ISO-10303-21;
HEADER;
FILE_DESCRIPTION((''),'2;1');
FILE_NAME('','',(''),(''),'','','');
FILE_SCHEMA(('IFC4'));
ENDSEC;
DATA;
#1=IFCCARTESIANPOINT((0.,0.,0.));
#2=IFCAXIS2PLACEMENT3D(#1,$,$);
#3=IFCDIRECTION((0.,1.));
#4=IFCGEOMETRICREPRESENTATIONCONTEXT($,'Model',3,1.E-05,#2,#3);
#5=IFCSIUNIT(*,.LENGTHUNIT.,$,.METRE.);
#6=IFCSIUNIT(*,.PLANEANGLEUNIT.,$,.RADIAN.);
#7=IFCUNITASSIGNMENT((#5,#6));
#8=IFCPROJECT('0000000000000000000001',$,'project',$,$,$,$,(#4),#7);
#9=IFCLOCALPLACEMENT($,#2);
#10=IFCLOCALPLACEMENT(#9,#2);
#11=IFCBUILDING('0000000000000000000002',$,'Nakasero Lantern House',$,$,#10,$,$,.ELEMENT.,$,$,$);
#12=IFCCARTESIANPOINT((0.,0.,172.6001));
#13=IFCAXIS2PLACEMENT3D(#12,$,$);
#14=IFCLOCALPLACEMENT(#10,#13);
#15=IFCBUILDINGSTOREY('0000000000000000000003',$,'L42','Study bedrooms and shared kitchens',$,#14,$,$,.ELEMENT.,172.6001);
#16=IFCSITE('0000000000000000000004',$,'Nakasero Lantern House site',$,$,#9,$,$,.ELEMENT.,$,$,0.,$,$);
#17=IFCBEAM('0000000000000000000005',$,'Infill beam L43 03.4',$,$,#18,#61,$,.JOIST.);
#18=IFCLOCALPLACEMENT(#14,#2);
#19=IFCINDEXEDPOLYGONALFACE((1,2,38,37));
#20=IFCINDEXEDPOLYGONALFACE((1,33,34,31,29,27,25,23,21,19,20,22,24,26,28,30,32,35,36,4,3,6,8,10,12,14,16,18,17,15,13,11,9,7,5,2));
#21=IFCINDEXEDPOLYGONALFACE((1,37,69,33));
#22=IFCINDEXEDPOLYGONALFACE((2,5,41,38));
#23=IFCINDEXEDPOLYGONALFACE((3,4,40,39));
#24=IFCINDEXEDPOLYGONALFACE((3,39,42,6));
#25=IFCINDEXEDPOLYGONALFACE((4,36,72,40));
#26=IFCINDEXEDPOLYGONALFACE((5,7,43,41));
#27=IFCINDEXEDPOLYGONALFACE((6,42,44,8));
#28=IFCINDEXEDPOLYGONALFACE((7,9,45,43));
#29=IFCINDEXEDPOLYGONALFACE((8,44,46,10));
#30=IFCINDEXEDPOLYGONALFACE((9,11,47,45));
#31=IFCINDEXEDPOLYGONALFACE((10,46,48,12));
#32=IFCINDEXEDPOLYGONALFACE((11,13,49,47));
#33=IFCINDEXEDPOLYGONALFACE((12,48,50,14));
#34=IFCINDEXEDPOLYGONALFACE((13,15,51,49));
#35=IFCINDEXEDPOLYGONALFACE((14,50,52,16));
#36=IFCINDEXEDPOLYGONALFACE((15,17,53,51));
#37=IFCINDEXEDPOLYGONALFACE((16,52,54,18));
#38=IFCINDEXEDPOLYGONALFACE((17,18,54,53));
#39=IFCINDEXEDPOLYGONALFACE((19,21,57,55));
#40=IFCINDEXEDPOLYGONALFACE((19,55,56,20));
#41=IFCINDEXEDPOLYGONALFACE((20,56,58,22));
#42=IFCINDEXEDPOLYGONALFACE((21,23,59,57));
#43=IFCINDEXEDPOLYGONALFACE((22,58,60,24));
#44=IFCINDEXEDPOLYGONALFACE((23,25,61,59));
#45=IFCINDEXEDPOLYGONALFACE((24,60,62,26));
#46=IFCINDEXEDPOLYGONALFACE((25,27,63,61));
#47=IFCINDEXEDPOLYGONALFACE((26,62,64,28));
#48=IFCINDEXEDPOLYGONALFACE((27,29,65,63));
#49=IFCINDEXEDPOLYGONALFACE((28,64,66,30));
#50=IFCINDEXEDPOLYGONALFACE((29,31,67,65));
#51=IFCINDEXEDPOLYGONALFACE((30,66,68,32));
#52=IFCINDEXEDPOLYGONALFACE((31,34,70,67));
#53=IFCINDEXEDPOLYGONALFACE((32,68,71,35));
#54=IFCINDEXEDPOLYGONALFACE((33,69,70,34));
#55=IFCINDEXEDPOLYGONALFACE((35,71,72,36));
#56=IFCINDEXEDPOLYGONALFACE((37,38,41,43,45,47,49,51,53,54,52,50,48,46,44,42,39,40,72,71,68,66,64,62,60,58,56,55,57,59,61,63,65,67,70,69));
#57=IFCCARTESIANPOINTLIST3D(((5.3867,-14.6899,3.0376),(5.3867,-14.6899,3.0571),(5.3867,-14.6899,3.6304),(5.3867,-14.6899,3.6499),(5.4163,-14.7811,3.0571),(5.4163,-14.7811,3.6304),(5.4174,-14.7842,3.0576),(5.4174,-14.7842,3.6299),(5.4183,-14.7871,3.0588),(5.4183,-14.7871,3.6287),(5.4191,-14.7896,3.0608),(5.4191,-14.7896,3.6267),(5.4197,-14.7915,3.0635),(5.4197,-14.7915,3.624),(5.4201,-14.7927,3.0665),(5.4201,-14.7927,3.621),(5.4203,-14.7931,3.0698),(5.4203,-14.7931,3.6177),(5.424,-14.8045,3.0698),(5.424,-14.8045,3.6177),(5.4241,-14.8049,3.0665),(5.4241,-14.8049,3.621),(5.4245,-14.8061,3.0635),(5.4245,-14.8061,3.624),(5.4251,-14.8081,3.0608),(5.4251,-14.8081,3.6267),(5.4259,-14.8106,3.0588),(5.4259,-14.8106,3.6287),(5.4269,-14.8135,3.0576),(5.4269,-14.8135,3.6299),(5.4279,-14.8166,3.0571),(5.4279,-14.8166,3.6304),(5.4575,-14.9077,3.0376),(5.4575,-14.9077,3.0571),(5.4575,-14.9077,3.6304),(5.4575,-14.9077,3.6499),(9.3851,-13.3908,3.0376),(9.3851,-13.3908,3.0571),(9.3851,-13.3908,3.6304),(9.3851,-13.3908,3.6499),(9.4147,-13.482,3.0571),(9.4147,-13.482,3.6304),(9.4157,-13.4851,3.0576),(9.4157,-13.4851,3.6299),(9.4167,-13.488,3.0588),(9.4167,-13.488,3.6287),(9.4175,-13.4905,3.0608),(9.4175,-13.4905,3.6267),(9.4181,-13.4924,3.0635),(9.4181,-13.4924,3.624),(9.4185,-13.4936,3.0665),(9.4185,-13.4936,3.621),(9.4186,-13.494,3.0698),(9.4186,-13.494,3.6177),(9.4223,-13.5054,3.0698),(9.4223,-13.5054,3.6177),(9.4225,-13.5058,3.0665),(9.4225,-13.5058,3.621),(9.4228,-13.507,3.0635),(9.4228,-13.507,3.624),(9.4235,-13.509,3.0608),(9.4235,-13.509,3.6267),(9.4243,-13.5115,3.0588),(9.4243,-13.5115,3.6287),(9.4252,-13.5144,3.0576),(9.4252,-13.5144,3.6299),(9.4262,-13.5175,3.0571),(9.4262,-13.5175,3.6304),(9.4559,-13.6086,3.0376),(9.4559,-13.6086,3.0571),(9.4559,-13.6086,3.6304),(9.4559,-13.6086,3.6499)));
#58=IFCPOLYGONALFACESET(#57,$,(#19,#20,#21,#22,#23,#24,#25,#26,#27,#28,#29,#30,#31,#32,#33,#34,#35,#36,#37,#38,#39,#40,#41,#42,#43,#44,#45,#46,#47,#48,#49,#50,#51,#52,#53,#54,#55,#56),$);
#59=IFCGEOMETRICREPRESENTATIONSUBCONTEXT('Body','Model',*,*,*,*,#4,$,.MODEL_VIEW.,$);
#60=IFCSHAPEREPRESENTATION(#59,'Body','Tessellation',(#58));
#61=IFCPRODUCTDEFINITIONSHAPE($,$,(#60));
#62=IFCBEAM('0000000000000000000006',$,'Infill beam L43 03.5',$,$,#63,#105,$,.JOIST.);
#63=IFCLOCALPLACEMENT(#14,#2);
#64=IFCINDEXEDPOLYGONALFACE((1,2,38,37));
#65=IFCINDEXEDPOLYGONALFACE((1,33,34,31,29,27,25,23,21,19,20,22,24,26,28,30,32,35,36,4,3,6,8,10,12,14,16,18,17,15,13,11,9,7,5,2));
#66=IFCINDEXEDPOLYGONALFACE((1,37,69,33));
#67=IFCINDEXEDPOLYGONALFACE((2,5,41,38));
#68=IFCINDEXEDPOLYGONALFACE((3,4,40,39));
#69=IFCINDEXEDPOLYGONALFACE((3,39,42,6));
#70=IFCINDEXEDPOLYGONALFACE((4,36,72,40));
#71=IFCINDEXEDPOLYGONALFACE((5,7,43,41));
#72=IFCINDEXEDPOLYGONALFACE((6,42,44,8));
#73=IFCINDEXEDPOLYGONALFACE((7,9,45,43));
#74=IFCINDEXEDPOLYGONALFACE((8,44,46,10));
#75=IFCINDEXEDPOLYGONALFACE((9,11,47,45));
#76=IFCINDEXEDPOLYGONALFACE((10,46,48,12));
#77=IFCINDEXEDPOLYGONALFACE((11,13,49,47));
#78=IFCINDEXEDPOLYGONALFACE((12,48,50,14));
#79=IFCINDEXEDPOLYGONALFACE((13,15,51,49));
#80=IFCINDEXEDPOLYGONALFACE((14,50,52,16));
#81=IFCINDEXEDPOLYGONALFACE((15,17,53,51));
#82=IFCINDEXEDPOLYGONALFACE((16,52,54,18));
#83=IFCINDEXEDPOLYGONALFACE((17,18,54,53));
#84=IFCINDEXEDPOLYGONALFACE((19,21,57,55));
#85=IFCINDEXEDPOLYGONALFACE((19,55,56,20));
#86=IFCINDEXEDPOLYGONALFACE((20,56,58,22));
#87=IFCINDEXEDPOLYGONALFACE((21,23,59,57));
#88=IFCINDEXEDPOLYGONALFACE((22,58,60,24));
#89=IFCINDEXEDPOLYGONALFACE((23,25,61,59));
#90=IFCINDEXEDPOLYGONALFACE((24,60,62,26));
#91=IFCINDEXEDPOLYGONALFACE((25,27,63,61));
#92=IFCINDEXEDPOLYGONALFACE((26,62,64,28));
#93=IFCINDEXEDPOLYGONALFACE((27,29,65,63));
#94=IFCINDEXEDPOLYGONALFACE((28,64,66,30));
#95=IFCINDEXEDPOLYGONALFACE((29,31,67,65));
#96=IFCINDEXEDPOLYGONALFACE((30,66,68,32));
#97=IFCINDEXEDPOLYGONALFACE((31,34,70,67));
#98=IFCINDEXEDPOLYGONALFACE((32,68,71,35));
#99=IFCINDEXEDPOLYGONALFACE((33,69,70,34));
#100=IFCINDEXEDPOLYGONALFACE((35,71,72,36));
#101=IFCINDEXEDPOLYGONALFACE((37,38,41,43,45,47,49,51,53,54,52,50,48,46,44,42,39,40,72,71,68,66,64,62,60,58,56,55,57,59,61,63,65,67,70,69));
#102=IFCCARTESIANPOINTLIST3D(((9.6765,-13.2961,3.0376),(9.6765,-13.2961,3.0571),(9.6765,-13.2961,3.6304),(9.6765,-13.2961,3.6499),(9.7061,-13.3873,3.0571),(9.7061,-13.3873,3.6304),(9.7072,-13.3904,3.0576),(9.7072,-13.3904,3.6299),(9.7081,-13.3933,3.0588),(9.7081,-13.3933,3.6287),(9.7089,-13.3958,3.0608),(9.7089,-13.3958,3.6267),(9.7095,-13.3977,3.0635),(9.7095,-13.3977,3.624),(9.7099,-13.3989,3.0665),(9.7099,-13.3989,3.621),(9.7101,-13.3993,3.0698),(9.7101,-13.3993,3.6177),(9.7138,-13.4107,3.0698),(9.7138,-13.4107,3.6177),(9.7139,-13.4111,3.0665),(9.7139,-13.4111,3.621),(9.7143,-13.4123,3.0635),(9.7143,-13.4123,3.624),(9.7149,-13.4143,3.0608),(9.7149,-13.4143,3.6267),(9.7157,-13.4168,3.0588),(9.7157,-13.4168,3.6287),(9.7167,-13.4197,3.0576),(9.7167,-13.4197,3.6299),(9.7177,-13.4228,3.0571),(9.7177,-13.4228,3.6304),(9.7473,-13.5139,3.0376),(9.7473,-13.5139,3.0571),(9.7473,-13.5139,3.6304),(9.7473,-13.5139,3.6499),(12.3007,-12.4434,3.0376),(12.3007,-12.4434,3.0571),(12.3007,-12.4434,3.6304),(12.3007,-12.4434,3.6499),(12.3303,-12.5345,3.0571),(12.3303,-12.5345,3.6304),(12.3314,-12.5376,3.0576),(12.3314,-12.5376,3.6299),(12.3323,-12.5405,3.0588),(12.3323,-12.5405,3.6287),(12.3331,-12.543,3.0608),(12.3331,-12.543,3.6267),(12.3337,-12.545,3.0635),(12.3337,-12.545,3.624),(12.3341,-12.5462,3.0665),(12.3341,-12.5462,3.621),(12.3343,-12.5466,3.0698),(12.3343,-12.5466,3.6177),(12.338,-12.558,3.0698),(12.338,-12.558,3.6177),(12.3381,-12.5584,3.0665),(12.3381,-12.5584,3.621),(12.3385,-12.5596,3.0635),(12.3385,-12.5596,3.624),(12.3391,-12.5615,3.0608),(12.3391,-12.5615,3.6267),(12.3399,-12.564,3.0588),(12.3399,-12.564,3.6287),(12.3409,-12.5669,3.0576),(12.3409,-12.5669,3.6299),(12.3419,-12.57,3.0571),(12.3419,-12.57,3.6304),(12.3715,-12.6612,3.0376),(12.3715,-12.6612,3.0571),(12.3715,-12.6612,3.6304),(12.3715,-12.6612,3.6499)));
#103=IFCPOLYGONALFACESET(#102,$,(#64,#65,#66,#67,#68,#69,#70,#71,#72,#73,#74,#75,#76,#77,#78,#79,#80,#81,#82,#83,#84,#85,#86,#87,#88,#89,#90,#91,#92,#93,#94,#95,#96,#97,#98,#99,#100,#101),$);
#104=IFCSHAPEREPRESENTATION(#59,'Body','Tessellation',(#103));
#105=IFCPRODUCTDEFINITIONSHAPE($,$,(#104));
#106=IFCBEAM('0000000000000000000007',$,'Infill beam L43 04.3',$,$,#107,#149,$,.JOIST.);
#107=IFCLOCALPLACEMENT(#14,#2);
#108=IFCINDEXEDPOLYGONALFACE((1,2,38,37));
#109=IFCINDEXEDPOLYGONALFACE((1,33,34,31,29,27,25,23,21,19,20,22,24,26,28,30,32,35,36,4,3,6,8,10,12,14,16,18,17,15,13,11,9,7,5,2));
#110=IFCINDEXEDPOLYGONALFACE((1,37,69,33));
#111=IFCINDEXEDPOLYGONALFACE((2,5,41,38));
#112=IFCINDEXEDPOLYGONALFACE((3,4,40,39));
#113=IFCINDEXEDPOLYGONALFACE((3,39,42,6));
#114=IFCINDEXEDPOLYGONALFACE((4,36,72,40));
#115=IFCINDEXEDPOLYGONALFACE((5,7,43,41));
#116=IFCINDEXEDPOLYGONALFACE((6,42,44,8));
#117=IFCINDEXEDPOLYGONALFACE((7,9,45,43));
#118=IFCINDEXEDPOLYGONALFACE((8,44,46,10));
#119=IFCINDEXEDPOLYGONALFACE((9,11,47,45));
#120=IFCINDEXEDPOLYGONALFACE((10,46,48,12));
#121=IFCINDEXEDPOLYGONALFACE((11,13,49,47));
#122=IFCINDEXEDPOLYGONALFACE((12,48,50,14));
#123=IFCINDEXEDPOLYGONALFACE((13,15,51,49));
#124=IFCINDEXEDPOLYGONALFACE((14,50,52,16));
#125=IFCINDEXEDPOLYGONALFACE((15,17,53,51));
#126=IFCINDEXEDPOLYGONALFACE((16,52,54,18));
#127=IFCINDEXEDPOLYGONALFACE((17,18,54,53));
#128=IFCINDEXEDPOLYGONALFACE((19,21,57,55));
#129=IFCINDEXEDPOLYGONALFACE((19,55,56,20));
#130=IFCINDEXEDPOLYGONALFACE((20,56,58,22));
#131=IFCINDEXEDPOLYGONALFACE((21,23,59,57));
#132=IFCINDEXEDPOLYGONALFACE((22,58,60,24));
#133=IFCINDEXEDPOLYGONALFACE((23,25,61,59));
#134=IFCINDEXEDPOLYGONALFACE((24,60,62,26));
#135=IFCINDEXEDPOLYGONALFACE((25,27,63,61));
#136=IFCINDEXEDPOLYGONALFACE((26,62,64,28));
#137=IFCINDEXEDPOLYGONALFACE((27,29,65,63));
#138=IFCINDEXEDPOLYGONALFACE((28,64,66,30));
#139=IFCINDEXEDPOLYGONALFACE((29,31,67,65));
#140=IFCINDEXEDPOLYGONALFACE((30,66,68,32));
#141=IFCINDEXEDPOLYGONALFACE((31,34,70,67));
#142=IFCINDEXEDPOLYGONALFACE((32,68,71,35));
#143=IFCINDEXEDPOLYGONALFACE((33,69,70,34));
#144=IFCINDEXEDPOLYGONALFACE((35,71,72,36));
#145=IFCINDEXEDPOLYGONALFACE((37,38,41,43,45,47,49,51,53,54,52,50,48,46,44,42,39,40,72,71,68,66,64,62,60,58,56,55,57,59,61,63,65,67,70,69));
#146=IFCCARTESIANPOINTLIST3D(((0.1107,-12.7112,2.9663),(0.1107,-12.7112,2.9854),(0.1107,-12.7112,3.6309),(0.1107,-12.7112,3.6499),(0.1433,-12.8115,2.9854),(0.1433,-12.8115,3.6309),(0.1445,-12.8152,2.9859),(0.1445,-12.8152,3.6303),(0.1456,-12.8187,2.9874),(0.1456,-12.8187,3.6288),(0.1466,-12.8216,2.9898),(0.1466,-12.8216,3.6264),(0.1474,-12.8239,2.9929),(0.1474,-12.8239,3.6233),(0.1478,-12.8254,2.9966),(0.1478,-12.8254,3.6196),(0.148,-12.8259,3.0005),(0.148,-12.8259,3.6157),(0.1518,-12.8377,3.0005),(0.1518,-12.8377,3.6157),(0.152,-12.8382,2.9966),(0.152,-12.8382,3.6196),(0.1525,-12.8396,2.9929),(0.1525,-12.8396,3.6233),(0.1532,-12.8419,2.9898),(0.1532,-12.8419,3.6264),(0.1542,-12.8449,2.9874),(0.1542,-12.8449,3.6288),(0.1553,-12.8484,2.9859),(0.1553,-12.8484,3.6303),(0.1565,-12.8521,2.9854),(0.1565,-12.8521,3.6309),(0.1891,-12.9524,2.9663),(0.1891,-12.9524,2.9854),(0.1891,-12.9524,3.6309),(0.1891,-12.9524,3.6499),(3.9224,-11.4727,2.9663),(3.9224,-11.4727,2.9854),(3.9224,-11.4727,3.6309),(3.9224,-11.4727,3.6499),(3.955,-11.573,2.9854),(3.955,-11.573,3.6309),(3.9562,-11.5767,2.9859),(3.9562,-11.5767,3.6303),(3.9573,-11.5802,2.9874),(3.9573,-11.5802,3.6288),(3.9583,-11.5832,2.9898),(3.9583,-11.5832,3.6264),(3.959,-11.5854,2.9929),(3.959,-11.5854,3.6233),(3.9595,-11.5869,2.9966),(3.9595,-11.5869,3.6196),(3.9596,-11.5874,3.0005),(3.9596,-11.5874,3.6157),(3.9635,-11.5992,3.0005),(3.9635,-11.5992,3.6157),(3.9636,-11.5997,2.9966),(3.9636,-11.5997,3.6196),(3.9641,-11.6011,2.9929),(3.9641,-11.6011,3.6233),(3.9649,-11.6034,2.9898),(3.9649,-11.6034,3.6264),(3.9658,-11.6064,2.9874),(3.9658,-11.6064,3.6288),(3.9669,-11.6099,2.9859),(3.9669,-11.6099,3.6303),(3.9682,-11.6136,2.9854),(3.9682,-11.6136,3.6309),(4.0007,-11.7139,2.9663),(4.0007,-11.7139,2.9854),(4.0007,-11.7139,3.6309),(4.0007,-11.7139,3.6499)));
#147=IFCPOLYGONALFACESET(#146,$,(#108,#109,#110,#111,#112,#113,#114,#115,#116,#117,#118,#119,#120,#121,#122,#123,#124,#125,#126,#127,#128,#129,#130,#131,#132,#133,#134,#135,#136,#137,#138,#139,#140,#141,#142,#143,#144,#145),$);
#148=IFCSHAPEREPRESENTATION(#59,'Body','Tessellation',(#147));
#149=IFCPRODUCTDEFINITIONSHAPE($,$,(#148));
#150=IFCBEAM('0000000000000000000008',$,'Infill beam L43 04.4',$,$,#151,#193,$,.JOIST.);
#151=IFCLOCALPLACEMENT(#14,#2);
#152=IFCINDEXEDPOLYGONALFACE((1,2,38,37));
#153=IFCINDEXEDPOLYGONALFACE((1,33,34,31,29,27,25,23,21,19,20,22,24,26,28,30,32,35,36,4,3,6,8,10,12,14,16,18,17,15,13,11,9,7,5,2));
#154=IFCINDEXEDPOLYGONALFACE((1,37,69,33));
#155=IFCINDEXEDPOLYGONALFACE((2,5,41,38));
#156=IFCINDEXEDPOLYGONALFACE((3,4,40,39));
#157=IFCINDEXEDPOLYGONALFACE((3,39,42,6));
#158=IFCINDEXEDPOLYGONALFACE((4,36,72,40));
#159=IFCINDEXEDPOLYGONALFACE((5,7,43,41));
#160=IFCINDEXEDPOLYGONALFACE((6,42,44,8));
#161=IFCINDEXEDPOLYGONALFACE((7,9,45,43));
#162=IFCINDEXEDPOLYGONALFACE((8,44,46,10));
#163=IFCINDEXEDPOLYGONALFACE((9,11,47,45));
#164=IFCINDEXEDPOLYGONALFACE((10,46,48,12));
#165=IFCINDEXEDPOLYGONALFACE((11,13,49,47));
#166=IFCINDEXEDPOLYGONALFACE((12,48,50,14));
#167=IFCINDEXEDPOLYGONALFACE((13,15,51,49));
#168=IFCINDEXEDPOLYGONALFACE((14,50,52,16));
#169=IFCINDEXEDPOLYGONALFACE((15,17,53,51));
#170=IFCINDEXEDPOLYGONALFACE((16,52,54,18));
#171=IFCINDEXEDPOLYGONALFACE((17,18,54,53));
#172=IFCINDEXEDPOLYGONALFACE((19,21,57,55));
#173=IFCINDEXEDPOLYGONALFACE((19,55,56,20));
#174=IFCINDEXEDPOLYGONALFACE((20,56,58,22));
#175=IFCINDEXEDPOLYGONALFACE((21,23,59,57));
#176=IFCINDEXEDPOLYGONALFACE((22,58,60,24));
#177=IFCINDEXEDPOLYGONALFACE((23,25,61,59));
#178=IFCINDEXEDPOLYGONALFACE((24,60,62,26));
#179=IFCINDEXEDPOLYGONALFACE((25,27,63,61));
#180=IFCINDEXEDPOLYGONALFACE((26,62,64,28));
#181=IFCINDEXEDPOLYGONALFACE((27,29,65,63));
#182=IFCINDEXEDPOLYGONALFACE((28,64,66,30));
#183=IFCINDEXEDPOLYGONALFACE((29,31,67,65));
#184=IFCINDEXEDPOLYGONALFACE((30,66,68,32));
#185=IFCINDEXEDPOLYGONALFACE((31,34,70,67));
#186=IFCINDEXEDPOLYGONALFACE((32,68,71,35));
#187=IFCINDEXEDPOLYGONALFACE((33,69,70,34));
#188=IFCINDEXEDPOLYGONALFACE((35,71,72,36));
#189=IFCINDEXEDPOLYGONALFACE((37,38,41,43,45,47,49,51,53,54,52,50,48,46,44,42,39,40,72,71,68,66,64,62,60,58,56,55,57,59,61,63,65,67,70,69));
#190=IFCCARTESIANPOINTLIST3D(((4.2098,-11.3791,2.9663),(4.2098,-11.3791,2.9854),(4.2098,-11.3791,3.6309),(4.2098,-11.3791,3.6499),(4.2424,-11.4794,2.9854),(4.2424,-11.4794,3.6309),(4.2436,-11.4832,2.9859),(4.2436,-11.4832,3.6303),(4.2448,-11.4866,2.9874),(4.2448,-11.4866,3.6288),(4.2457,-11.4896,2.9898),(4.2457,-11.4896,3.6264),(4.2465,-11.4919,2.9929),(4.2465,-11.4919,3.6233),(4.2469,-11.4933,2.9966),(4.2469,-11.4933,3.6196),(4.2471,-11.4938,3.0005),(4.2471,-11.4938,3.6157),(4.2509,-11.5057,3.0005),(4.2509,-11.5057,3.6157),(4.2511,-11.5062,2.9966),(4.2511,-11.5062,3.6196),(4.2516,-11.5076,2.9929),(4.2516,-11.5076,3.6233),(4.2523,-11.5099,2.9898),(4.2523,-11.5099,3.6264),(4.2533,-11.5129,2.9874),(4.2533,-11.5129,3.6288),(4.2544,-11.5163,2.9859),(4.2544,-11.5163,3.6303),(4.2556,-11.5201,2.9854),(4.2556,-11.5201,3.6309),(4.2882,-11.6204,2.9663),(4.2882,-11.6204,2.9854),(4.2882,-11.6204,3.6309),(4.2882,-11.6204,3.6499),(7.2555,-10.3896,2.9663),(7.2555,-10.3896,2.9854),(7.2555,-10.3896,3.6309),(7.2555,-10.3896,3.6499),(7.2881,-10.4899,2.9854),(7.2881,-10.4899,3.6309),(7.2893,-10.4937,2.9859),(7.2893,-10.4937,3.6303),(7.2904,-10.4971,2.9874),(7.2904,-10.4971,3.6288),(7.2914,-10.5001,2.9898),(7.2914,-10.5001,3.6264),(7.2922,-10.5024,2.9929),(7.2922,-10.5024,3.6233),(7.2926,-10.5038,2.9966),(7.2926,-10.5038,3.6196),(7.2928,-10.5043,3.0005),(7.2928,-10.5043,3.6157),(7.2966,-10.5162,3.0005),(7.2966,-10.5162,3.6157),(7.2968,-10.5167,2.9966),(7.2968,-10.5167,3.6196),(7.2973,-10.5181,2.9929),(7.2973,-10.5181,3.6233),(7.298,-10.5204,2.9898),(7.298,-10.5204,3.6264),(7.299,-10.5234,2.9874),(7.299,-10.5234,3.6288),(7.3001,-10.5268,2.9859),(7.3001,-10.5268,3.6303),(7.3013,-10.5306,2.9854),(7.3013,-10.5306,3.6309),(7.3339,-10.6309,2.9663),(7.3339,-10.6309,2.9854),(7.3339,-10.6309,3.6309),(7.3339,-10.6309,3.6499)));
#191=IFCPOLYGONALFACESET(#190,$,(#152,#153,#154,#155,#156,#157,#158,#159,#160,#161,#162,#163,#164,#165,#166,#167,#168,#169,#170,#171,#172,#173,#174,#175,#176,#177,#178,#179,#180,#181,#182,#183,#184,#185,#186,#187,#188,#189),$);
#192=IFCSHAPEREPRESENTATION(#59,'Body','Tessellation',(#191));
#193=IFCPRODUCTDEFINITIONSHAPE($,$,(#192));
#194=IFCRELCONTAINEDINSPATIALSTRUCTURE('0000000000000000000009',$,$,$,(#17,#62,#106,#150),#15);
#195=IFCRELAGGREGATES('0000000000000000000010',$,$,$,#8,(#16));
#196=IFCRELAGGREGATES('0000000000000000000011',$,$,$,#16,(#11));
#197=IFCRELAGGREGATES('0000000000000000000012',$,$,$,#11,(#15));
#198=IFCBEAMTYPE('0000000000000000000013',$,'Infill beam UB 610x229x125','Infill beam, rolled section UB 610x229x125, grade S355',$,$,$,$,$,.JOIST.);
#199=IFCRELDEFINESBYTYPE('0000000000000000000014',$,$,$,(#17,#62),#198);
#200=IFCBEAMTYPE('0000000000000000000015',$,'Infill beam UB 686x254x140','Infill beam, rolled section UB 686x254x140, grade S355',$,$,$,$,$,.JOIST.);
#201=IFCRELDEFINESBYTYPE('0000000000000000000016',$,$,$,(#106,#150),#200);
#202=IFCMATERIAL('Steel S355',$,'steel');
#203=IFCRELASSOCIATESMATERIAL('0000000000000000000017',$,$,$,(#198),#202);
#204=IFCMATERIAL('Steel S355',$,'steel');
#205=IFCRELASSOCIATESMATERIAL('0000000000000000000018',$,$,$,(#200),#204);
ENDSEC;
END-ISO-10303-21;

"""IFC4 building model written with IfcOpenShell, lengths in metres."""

from ifc_helpers import new_model, si_unit, direction, frame, origin, origin_2d, place, context, subcontext, project, spatial, i_section, extrude, material, material_profile, profile_set, type_object, element, save


model = new_model("IFC4")

# Units and contexts
model_context = context("Model", 3, precision=1e-05, world=origin(), true_north=direction((0.0, 1.0)))
body_context = subcontext(model_context, "Body", "Model", "MODEL_VIEW")
ifc_project = project(units=[si_unit("LENGTHUNIT", "METRE"), si_unit("PLANEANGLEUNIT", "RADIAN")], contexts=[model_context])

# Site, building, storey
site_placement = place(None, origin())
site = spatial("IfcSite", under=ifc_project, at=site_placement, Name="Nakasero Lantern House site", CompositionType="ELEMENT", RefElevation=0.0)
building_placement = place(site_placement, origin())
building = spatial("IfcBuilding", under=site, at=building_placement, Name="Nakasero Lantern House", CompositionType="ELEMENT")
storey_placement = place(building_placement, frame((0.0, 0.0, 172.6001)))
storey = spatial("IfcBuildingStorey", under=building, at=storey_placement, Name="L42", Description="Study bedrooms and shared kitchens", CompositionType="ELEMENT", Elevation=172.6001)

# Beams
ifc_material_1 = material(Name="Steel S355", Category="steel")
ifc_material_profile_1 = material_profile(ifc_material_1, i_section(OverallWidth=0.229, OverallDepth=0.6123, WebThickness=0.012, FlangeThickness=0.0195, FilletRadius=0.0127, at=origin_2d()), Name="UB 610x229x125")
ifc_profile_set_1 = profile_set([ifc_material_profile_1], Name="Steel S355")
beam_type_1 = type_object("IfcBeamType", Name="Infill beam UB 610x229x125", Description="Infill beam, rolled section UB 610x229x125, grade S355", PredefinedType="JOIST", material=ifc_profile_set_1)
beam_1_placement = place(storey_placement, frame((5.4221, -14.7988, 3.3438), z_axis=(0.95106, 0.309006, 0.0), x_axis=(-0.309006, 0.95106, 0.0)))
element("IfcBeam", 1, at=beam_1_placement, inside=storey, type_object=beam_type_1, Name="Infill beam L43 03.4", PredefinedType="JOIST", context=body_context, shape_type="SweptSolid", body=[
    extrude(i_section(OverallWidth=0.229, OverallDepth=0.6123, WebThickness=0.012, FlangeThickness=0.0195, FilletRadius=0.0127, at=origin_2d()), origin(), (0.0, 0.0, 1.0), 4.2041),
])
beam_2_placement = place(storey_placement, frame((9.7119, -13.405, 3.3438), z_axis=(0.951045, 0.309052, 0.0), x_axis=(-0.309052, 0.951045, 0.0)))
element("IfcBeam", 2, at=beam_2_placement, inside=storey, type_object=beam_type_1, Name="Infill beam L43 03.5", PredefinedType="JOIST", context=body_context, shape_type="SweptSolid", body=[
    extrude(i_section(OverallWidth=0.229, OverallDepth=0.6123, WebThickness=0.012, FlangeThickness=0.0195, FilletRadius=0.0127, at=origin_2d()), origin(), (0.0, 0.0, 1.0), 2.7593),
])
ifc_material_2 = material(Name="Steel S355", Category="steel")
ifc_material_profile_2 = material_profile(ifc_material_2, i_section(OverallWidth=0.2537, OverallDepth=0.6836, WebThickness=0.0125, FlangeThickness=0.019, FilletRadius=0.0151, at=origin_2d()), Name="UB 686x254x140")
ifc_profile_set_2 = profile_set([ifc_material_profile_2], Name="Steel S355")
beam_type_2 = type_object("IfcBeamType", Name="Infill beam UB 686x254x140", Description="Infill beam, rolled section UB 686x254x140, grade S355", PredefinedType="JOIST", material=ifc_profile_set_2)
beam_3_placement = place(storey_placement, frame((0.1499, -12.8318, 3.3081), z_axis=(0.951056, 0.309019, 0.0), x_axis=(-0.309019, 0.951056, 0.0)))
element("IfcBeam", 3, at=beam_3_placement, inside=storey, type_object=beam_type_2, Name="Infill beam L43 04.3", PredefinedType="JOIST", context=body_context, shape_type="SweptSolid", body=[
    extrude(i_section(OverallWidth=0.2537, OverallDepth=0.6836, WebThickness=0.0125, FlangeThickness=0.019, FilletRadius=0.0151, at=origin_2d()), origin(), (0.0, 0.0, 1.0), 4.0078),
])
beam_4_placement = place(storey_placement, frame((4.249, -11.4998, 3.3081), z_axis=(0.951065, 0.308991, 0.0), x_axis=(-0.308991, 0.951065, 0.0)))
element("IfcBeam", 4, at=beam_4_placement, inside=storey, type_object=beam_type_2, Name="Infill beam L43 04.4", PredefinedType="JOIST", context=body_context, shape_type="SweptSolid", body=[
    extrude(i_section(OverallWidth=0.2537, OverallDepth=0.6836, WebThickness=0.0125, FlangeThickness=0.019, FilletRadius=0.0151, at=origin_2d()), origin(), (0.0, 0.0, 1.0), 3.2024),
])

save(model, "model.ifc")
